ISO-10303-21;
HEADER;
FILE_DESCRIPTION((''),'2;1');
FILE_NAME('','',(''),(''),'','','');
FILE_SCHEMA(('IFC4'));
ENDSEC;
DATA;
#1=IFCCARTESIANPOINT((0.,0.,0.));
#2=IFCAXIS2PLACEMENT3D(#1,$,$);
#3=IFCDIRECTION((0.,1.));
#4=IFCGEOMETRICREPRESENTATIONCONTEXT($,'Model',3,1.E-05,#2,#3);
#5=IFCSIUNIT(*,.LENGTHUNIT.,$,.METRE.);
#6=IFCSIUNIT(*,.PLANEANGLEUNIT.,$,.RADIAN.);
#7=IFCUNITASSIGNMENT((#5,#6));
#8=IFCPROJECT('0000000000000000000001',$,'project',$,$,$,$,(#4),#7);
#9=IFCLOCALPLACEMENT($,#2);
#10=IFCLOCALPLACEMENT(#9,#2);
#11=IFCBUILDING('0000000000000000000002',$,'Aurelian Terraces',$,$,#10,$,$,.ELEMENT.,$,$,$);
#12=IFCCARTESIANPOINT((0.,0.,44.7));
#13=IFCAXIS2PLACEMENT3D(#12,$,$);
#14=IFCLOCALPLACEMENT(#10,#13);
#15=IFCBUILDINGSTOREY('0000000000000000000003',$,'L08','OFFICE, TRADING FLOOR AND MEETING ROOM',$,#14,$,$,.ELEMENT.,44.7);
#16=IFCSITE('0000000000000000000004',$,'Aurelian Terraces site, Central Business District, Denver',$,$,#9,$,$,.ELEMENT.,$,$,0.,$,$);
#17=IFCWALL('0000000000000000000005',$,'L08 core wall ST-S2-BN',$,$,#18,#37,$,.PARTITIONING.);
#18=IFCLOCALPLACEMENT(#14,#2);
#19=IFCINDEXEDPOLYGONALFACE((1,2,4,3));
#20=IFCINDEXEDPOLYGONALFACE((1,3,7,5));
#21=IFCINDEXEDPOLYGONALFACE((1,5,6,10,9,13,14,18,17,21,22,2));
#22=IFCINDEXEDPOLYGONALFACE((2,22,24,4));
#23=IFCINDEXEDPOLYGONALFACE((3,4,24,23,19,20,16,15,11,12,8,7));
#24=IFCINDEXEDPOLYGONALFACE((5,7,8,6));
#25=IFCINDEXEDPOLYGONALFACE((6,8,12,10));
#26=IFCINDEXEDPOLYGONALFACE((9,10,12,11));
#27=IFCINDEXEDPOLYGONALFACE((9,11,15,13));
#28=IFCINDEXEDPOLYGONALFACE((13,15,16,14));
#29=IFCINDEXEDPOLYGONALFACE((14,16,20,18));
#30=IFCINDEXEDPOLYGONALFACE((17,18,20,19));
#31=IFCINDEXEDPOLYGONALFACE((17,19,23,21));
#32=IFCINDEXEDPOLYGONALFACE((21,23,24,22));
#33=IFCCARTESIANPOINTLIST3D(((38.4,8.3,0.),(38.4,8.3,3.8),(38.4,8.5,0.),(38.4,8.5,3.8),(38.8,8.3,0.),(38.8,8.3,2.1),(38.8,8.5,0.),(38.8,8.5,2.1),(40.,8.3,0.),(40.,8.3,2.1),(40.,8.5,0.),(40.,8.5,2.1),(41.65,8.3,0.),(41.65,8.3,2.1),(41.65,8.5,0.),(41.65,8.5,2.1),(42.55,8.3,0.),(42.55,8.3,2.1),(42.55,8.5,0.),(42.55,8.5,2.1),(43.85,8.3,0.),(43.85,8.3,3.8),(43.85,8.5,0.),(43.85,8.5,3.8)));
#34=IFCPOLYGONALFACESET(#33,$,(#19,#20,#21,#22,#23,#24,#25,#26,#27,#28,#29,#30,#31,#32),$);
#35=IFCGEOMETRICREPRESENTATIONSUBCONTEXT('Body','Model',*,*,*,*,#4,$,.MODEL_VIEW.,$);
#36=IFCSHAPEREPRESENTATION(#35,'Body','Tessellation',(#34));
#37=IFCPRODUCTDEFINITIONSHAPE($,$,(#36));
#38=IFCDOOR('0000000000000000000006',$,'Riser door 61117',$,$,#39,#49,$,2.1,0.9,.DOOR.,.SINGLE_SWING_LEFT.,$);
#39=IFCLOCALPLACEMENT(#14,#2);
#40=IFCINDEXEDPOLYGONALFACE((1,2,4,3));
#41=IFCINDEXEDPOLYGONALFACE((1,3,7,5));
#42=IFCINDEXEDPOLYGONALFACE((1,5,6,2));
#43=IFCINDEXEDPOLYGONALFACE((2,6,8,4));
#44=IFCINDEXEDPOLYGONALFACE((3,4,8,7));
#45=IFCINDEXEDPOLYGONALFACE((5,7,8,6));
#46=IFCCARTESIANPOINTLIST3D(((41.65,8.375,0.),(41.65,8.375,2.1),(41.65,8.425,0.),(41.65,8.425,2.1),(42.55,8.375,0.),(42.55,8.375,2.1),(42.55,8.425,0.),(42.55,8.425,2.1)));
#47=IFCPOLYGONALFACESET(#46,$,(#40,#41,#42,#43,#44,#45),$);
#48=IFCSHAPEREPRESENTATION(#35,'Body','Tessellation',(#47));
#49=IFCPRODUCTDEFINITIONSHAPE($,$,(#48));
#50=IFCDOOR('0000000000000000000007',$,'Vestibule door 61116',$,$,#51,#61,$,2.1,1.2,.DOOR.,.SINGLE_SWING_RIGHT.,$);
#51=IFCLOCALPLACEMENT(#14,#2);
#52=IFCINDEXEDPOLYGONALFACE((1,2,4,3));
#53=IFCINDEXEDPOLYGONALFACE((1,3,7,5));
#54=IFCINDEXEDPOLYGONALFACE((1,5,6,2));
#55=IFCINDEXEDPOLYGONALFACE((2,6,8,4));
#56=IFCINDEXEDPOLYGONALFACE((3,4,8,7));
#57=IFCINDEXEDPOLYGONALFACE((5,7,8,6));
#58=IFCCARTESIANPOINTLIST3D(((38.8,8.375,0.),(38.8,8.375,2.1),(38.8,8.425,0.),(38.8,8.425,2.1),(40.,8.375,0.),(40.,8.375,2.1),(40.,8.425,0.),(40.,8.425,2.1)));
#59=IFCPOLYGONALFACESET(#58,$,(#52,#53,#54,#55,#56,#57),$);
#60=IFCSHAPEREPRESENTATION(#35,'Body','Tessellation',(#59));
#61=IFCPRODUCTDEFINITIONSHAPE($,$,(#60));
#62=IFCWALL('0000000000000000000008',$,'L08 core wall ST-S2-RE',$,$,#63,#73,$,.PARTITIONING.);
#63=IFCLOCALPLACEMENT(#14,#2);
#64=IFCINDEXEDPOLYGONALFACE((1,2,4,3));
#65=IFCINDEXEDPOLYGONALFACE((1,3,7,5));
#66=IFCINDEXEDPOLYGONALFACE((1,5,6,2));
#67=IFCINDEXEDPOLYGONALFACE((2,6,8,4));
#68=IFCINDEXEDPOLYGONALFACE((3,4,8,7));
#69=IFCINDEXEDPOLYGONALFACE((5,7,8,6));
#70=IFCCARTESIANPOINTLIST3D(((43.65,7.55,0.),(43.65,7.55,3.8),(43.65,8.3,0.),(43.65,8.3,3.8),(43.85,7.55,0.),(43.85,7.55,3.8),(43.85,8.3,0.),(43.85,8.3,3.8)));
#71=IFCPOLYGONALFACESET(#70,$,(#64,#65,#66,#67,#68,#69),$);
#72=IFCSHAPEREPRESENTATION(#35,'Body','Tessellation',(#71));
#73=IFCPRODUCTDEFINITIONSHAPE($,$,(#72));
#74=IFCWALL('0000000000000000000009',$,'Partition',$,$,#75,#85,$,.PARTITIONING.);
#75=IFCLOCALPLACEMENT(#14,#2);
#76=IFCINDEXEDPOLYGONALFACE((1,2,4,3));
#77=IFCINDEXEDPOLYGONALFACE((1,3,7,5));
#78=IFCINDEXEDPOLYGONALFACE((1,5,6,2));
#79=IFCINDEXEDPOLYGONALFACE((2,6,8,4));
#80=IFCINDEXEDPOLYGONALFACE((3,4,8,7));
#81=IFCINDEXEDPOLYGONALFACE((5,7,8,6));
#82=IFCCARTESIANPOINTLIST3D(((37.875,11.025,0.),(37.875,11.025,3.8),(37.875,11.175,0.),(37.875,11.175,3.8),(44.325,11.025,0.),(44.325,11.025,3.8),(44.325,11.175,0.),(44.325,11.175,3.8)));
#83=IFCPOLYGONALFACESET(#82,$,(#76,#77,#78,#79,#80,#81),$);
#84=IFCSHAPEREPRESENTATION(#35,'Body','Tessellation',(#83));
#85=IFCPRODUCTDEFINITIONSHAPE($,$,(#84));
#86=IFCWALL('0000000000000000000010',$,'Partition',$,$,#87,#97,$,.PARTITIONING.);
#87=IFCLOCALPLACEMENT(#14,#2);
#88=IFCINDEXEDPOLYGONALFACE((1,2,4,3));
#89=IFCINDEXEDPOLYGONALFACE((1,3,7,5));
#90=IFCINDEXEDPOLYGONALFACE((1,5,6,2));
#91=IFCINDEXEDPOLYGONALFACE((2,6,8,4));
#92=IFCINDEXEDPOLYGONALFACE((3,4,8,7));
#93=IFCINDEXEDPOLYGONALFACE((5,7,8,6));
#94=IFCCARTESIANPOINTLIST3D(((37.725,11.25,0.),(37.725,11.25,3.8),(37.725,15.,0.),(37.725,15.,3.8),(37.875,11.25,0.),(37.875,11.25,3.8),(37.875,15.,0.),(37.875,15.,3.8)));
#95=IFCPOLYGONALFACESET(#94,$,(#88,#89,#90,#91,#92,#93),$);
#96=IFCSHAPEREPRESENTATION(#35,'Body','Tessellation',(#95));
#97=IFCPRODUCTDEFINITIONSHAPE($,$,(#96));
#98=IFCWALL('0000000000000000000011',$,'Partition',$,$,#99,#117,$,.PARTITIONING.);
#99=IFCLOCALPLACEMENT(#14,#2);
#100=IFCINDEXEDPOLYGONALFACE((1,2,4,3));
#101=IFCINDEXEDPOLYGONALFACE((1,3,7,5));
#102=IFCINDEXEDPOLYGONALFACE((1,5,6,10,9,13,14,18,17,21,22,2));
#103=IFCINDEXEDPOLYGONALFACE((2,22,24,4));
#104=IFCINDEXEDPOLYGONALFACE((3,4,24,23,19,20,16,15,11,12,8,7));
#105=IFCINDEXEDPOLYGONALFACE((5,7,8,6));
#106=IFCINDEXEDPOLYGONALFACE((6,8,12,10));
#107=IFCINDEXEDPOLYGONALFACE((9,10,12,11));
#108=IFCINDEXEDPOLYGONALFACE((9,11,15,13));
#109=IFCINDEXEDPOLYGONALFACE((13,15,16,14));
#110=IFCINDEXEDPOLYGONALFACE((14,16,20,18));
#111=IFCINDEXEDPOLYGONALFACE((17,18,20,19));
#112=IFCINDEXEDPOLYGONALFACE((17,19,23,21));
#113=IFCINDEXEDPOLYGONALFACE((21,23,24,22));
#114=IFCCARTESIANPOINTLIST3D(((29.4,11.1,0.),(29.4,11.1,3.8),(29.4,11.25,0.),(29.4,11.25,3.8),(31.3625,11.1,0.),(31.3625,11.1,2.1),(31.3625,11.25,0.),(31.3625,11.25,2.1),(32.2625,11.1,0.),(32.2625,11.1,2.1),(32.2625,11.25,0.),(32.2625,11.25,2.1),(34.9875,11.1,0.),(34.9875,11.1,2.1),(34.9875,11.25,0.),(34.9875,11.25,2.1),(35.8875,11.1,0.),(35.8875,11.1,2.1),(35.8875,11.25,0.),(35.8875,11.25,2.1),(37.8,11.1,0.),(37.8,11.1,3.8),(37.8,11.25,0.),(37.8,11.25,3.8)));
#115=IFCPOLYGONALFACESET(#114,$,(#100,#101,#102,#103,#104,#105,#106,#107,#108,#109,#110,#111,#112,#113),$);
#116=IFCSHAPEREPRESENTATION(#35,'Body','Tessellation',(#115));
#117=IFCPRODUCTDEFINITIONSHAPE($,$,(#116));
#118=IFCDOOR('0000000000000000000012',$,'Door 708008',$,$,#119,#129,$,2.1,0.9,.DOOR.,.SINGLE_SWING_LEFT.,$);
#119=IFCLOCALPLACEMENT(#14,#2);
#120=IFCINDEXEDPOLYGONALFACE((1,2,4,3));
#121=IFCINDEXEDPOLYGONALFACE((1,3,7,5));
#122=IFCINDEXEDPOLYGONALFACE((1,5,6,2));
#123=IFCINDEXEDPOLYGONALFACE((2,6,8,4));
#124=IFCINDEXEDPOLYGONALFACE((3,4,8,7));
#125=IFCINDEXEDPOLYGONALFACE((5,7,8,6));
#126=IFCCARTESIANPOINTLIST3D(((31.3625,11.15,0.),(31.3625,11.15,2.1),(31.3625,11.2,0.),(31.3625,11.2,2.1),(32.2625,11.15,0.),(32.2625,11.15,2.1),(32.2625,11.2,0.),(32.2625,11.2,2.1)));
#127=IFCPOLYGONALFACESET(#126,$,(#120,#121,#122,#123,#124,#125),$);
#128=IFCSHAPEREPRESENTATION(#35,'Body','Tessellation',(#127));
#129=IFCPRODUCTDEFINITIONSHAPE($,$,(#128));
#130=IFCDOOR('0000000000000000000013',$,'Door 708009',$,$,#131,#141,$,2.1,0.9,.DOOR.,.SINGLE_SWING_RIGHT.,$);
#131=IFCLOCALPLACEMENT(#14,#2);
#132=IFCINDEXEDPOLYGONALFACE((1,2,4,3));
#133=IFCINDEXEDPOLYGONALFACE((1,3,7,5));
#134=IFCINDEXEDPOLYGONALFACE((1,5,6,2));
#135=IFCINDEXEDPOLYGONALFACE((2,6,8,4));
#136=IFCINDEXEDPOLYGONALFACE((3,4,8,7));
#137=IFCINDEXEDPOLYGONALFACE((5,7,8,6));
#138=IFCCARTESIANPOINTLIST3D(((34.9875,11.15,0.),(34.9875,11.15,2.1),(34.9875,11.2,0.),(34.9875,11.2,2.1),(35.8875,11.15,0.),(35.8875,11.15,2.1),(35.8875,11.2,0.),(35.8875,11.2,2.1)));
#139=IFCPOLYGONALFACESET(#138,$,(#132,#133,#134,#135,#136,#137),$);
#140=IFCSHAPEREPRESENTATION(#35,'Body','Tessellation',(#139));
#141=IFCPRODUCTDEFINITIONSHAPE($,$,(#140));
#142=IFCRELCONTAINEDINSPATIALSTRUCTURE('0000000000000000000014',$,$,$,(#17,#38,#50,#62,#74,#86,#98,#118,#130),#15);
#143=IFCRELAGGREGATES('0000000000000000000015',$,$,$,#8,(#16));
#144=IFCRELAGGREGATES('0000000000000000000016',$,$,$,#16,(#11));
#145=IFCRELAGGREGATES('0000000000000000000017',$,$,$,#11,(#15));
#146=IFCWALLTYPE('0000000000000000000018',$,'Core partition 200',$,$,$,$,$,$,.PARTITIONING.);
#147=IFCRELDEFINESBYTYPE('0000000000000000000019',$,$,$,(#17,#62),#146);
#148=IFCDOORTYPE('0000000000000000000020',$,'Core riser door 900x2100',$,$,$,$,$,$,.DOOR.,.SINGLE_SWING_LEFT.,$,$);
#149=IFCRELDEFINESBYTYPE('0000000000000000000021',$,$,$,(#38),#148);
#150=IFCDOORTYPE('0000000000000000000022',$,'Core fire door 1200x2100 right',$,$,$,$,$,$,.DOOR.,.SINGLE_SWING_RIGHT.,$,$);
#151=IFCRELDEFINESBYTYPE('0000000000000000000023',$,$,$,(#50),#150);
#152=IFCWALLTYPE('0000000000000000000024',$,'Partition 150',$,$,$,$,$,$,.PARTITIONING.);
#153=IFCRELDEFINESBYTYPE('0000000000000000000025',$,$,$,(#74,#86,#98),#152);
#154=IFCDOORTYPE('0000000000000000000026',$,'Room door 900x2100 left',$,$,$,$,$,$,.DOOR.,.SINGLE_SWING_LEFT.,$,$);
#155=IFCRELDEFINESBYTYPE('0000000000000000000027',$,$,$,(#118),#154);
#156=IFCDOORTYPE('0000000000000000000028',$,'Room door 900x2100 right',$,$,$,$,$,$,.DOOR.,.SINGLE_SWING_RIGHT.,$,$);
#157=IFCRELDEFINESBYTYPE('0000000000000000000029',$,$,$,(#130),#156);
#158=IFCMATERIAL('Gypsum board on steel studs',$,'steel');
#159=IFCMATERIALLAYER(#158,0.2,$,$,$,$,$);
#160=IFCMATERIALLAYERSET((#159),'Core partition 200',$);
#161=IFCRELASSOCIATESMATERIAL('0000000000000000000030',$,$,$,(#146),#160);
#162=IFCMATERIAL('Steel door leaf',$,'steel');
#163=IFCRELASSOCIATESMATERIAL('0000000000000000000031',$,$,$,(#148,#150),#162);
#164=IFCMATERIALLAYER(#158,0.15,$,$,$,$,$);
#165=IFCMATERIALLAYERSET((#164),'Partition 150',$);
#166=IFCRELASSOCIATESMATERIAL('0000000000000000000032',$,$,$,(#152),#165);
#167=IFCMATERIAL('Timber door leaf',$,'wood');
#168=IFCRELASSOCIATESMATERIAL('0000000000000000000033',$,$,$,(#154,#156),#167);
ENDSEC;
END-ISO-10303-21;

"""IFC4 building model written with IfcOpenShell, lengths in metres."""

from ifc_helpers import new_model, si_unit, direction, frame, frame_2d, origin, place, context, subcontext, project, spatial, rectangle, extrude, source, transform, mapped, material, layer, layer_set, type_object, element, fill, save


model = new_model("IFC4")

# Units and contexts
model_context = context("Model", 3, precision=1e-05, world=origin(), true_north=direction((0.0, 1.0)))
body_context = subcontext(model_context, "Body", "Model", "MODEL_VIEW")
ifc_project = project(units=[si_unit("LENGTHUNIT", "METRE"), si_unit("PLANEANGLEUNIT", "RADIAN")], contexts=[model_context])

# Site, building, storey
site_placement = place(None, origin())
site = spatial("IfcSite", under=ifc_project, at=site_placement, Name="Aurelian Terraces site, Central Business District, Denver", CompositionType="ELEMENT", RefElevation=0.0)
building_placement = place(site_placement, origin())
building = spatial("IfcBuilding", under=site, at=building_placement, Name="Aurelian Terraces", CompositionType="ELEMENT")
storey_placement = place(building_placement, frame((0.0, 0.0, 44.7)))
storey = spatial("IfcBuildingStorey", under=building, at=storey_placement, Name="L08", Description="OFFICE, TRADING FLOOR AND MEETING ROOM", CompositionType="ELEMENT", Elevation=44.7)

# Shared definitions
ifc_material_1 = material(Name="Steel door leaf", Category="steel")

# Shared definitions
ifc_material_2 = material(Name="Gypsum board on steel studs", Category="steel")
ifc_layer_1 = layer(ifc_material_2, 0.2)
ifc_layer_set_1 = layer_set([ifc_layer_1], Name="Core partition 200")
wall_type_1 = type_object("IfcWallType", Name="Core partition 200", PredefinedType="PARTITIONING", material=ifc_layer_set_1)

# Wall, openings, doors
shared_shape_1 = source(origin(), body_context, "Body", "SweptSolid", [
    extrude(rectangle(XDim=5.45, YDim=0.2, at=frame_2d((2.725, 0.0))), origin(), (0.0, 0.0, 1.0), 3.8),
])
wall_1_placement = place(storey_placement, frame((38.4, 8.4, 0.0), z_axis=(0.0, 0.0, 1.0), x_axis=(1.0, 0.0, 0.0)))
wall_1 = element("IfcWall", 1, at=wall_1_placement, inside=storey, type_object=wall_type_1, Name="L08 core wall ST-S2-BN", PredefinedType="PARTITIONING", context=body_context, shape_type="MappedRepresentation", body=[
    mapped(shared_shape_1, transform((0.0, 0.0, 0.0), scale=1.0)),
])
shared_shape_2 = source(origin(), body_context, "Body", "SweptSolid", [
    extrude(rectangle(XDim=1.2, YDim=2.1, at=frame_2d((0.6, 1.05))), frame((0.0, 0.11, 0.0), z_axis=(0.0, -1.0, 0.0), x_axis=(1.0, 0.0, 0.0)), (0.0, 0.0, 1.0), 0.22),
])
opening_1_placement = place(wall_1_placement, frame((0.4, 0.0, 0.0)))
opening_1 = element("IfcOpeningElement", 2, at=opening_1_placement, cuts=wall_1, PredefinedType="OPENING", context=body_context, shape_type="MappedRepresentation", body=[
    mapped(shared_shape_2, transform((0.0, 0.0, 0.0), scale=1.0)),
])
shared_shape_3 = source(origin(), body_context, "Body", "SweptSolid", [
    extrude(rectangle(XDim=0.9, YDim=2.1, at=frame_2d((0.45, 1.05))), frame((0.0, 0.11, 0.0), z_axis=(0.0, -1.0, 0.0), x_axis=(1.0, 0.0, 0.0)), (0.0, 0.0, 1.0), 0.22),
])
opening_2_placement = place(wall_1_placement, frame((3.25, 0.0, 0.0)))
opening_2 = element("IfcOpeningElement", 3, at=opening_2_placement, cuts=wall_1, PredefinedType="OPENING", context=body_context, shape_type="MappedRepresentation", body=[
    mapped(shared_shape_3, transform((0.0, 0.0, 0.0), scale=1.0)),
])
door_type_1 = type_object("IfcDoorType", Name="Core riser door 900x2100", OperationType="SINGLE_SWING_LEFT", PredefinedType="DOOR", material=ifc_material_1)
shared_shape_4 = source(origin(), body_context, "Body", "SweptSolid", [
    extrude(rectangle(XDim=0.9, YDim=2.1, at=frame_2d((0.45, 1.05))), frame((0.0, 0.025, 0.0), z_axis=(0.0, -1.0, 0.0), x_axis=(1.0, 0.0, 0.0)), (0.0, 0.0, 1.0), 0.05),
])
door_1_placement = place(opening_2_placement, origin())
door_1 = element("IfcDoor", 4, at=door_1_placement, inside=storey, type_object=door_type_1, Name="Riser door 61117", OperationType="SINGLE_SWING_LEFT", OverallHeight=2.1, OverallWidth=0.9, PredefinedType="DOOR", context=body_context, shape_type="MappedRepresentation", body=[
    mapped(shared_shape_4, transform((0.0, 0.0, 0.0), scale=1.0)),
])
fill(opening_2, door_1)
door_type_2 = type_object("IfcDoorType", Name="Core fire door 1200x2100 right", OperationType="SINGLE_SWING_RIGHT", PredefinedType="DOOR", material=ifc_material_1)
shared_shape_5 = source(origin(), body_context, "Body", "SweptSolid", [
    extrude(rectangle(XDim=1.2, YDim=2.1, at=frame_2d((0.6, 1.05))), frame((0.0, 0.025, 0.0), z_axis=(0.0, -1.0, 0.0), x_axis=(1.0, 0.0, 0.0)), (0.0, 0.0, 1.0), 0.05),
])
door_2_placement = place(opening_1_placement, origin())
door_2 = element("IfcDoor", 5, at=door_2_placement, inside=storey, type_object=door_type_2, Name="Vestibule door 61116", OperationType="SINGLE_SWING_RIGHT", OverallHeight=2.1, OverallWidth=1.2, PredefinedType="DOOR", context=body_context, shape_type="MappedRepresentation", body=[
    mapped(shared_shape_5, transform((0.0, 0.0, 0.0), scale=1.0)),
])
fill(opening_1, door_2)

# Walls
shared_shape_6 = source(origin(), body_context, "Body", "SweptSolid", [
    extrude(rectangle(XDim=0.75, YDim=0.2, at=frame_2d((0.375, 0.0))), origin(), (0.0, 0.0, 1.0), 3.8),
])
wall_2_placement = place(storey_placement, frame((43.75, 7.55, 0.0), z_axis=(0.0, 0.0, 1.0), x_axis=(0.0, 1.0, 0.0)))
element("IfcWall", 6, at=wall_2_placement, inside=storey, type_object=wall_type_1, Name="L08 core wall ST-S2-RE", PredefinedType="PARTITIONING", context=body_context, shape_type="MappedRepresentation", body=[
    mapped(shared_shape_6, transform((0.0, 0.0, 0.0), scale=1.0)),
])
ifc_layer_2 = layer(ifc_material_2, 0.15)
ifc_layer_set_2 = layer_set([ifc_layer_2], Name="Partition 150")
wall_type_2 = type_object("IfcWallType", Name="Partition 150", PredefinedType="PARTITIONING", material=ifc_layer_set_2)
shared_shape_7 = source(origin(), body_context, "Body", "SweptSolid", [
    extrude(rectangle(XDim=6.45, YDim=0.15, at=frame_2d((3.225, 0.0))), origin(), (0.0, 0.0, 1.0), 3.8),
])
wall_3_placement = place(storey_placement, frame((37.875, 11.1, 0.0), z_axis=(0.0, 0.0, 1.0), x_axis=(1.0, 0.0, 0.0)))
element("IfcWall", 7, at=wall_3_placement, inside=storey, type_object=wall_type_2, Name="Partition", PredefinedType="PARTITIONING", context=body_context, shape_type="MappedRepresentation", body=[
    mapped(shared_shape_7, transform((0.0, 0.0, 0.0), scale=1.0)),
])
shared_shape_8 = source(origin(), body_context, "Body", "SweptSolid", [
    extrude(rectangle(XDim=3.75, YDim=0.15, at=frame_2d((1.875, 0.0))), origin(), (0.0, 0.0, 1.0), 3.8),
])
wall_4_placement = place(storey_placement, frame((37.8, 11.25, 0.0), z_axis=(0.0, 0.0, 1.0), x_axis=(0.0, 1.0, 0.0)))
element("IfcWall", 8, at=wall_4_placement, inside=storey, type_object=wall_type_2, Name="Partition", PredefinedType="PARTITIONING", context=body_context, shape_type="MappedRepresentation", body=[
    mapped(shared_shape_8, transform((0.0, 0.0, 0.0), scale=1.0)),
])

# Wall, openings, doors
shared_shape_9 = source(origin(), body_context, "Body", "SweptSolid", [
    extrude(rectangle(XDim=8.4, YDim=0.15, at=frame_2d((4.2, 0.0))), origin(), (0.0, 0.0, 1.0), 3.8),
])
wall_5_placement = place(storey_placement, frame((37.8, 11.175, 0.0), z_axis=(0.0, 0.0, 1.0), x_axis=(-1.0, 0.0, 0.0)))
wall_5 = element("IfcWall", 9, at=wall_5_placement, inside=storey, type_object=wall_type_2, Name="Partition", PredefinedType="PARTITIONING", context=body_context, shape_type="MappedRepresentation", body=[
    mapped(shared_shape_9, transform((0.0, 0.0, 0.0), scale=1.0)),
])
shared_shape_10 = source(origin(), body_context, "Body", "SweptSolid", [
    extrude(rectangle(XDim=0.9, YDim=2.1, at=frame_2d((0.45, 1.05))), frame((0.0, 0.085, 0.0), z_axis=(0.0, -1.0, 0.0), x_axis=(1.0, 0.0, 0.0)), (0.0, 0.0, 1.0), 0.17),
])
opening_3_placement = place(wall_5_placement, frame((5.5375, 0.0, 0.0)))
opening_3 = element("IfcOpeningElement", 10, at=opening_3_placement, cuts=wall_5, PredefinedType="OPENING", context=body_context, shape_type="MappedRepresentation", body=[
    mapped(shared_shape_10, transform((0.0, 0.0, 0.0), scale=1.0)),
])
opening_4_placement = place(wall_5_placement, frame((1.9125, 0.0, 0.0)))
opening_4 = element("IfcOpeningElement", 11, at=opening_4_placement, cuts=wall_5, PredefinedType="OPENING", context=body_context, shape_type="MappedRepresentation", body=[
    mapped(shared_shape_10, transform((0.0, 0.0, 0.0), scale=1.0)),
])
ifc_material_3 = material(Name="Timber door leaf", Category="wood")
door_type_3 = type_object("IfcDoorType", Name="Room door 900x2100 left", OperationType="SINGLE_SWING_LEFT", PredefinedType="DOOR", material=ifc_material_3)
door_3_placement = place(opening_3_placement, origin())
door_3 = element("IfcDoor", 12, at=door_3_placement, inside=storey, type_object=door_type_3, Name="Door 708008", OperationType="SINGLE_SWING_LEFT", OverallHeight=2.1, OverallWidth=0.9, PredefinedType="DOOR", context=body_context, shape_type="MappedRepresentation", body=[
    mapped(shared_shape_4, transform((0.0, 0.0, 0.0), scale=1.0)),
])
fill(opening_3, door_3)
door_type_4 = type_object("IfcDoorType", Name="Room door 900x2100 right", OperationType="SINGLE_SWING_RIGHT", PredefinedType="DOOR", material=ifc_material_3)
door_4_placement = place(opening_4_placement, origin())
door_4 = element("IfcDoor", 13, at=door_4_placement, inside=storey, type_object=door_type_4, Name="Door 708009", OperationType="SINGLE_SWING_RIGHT", OverallHeight=2.1, OverallWidth=0.9, PredefinedType="DOOR", context=body_context, shape_type="MappedRepresentation", body=[
    mapped(shared_shape_4, transform((0.0, 0.0, 0.0), scale=1.0)),
])
fill(opening_4, door_4)

save(model, "model.ifc")
